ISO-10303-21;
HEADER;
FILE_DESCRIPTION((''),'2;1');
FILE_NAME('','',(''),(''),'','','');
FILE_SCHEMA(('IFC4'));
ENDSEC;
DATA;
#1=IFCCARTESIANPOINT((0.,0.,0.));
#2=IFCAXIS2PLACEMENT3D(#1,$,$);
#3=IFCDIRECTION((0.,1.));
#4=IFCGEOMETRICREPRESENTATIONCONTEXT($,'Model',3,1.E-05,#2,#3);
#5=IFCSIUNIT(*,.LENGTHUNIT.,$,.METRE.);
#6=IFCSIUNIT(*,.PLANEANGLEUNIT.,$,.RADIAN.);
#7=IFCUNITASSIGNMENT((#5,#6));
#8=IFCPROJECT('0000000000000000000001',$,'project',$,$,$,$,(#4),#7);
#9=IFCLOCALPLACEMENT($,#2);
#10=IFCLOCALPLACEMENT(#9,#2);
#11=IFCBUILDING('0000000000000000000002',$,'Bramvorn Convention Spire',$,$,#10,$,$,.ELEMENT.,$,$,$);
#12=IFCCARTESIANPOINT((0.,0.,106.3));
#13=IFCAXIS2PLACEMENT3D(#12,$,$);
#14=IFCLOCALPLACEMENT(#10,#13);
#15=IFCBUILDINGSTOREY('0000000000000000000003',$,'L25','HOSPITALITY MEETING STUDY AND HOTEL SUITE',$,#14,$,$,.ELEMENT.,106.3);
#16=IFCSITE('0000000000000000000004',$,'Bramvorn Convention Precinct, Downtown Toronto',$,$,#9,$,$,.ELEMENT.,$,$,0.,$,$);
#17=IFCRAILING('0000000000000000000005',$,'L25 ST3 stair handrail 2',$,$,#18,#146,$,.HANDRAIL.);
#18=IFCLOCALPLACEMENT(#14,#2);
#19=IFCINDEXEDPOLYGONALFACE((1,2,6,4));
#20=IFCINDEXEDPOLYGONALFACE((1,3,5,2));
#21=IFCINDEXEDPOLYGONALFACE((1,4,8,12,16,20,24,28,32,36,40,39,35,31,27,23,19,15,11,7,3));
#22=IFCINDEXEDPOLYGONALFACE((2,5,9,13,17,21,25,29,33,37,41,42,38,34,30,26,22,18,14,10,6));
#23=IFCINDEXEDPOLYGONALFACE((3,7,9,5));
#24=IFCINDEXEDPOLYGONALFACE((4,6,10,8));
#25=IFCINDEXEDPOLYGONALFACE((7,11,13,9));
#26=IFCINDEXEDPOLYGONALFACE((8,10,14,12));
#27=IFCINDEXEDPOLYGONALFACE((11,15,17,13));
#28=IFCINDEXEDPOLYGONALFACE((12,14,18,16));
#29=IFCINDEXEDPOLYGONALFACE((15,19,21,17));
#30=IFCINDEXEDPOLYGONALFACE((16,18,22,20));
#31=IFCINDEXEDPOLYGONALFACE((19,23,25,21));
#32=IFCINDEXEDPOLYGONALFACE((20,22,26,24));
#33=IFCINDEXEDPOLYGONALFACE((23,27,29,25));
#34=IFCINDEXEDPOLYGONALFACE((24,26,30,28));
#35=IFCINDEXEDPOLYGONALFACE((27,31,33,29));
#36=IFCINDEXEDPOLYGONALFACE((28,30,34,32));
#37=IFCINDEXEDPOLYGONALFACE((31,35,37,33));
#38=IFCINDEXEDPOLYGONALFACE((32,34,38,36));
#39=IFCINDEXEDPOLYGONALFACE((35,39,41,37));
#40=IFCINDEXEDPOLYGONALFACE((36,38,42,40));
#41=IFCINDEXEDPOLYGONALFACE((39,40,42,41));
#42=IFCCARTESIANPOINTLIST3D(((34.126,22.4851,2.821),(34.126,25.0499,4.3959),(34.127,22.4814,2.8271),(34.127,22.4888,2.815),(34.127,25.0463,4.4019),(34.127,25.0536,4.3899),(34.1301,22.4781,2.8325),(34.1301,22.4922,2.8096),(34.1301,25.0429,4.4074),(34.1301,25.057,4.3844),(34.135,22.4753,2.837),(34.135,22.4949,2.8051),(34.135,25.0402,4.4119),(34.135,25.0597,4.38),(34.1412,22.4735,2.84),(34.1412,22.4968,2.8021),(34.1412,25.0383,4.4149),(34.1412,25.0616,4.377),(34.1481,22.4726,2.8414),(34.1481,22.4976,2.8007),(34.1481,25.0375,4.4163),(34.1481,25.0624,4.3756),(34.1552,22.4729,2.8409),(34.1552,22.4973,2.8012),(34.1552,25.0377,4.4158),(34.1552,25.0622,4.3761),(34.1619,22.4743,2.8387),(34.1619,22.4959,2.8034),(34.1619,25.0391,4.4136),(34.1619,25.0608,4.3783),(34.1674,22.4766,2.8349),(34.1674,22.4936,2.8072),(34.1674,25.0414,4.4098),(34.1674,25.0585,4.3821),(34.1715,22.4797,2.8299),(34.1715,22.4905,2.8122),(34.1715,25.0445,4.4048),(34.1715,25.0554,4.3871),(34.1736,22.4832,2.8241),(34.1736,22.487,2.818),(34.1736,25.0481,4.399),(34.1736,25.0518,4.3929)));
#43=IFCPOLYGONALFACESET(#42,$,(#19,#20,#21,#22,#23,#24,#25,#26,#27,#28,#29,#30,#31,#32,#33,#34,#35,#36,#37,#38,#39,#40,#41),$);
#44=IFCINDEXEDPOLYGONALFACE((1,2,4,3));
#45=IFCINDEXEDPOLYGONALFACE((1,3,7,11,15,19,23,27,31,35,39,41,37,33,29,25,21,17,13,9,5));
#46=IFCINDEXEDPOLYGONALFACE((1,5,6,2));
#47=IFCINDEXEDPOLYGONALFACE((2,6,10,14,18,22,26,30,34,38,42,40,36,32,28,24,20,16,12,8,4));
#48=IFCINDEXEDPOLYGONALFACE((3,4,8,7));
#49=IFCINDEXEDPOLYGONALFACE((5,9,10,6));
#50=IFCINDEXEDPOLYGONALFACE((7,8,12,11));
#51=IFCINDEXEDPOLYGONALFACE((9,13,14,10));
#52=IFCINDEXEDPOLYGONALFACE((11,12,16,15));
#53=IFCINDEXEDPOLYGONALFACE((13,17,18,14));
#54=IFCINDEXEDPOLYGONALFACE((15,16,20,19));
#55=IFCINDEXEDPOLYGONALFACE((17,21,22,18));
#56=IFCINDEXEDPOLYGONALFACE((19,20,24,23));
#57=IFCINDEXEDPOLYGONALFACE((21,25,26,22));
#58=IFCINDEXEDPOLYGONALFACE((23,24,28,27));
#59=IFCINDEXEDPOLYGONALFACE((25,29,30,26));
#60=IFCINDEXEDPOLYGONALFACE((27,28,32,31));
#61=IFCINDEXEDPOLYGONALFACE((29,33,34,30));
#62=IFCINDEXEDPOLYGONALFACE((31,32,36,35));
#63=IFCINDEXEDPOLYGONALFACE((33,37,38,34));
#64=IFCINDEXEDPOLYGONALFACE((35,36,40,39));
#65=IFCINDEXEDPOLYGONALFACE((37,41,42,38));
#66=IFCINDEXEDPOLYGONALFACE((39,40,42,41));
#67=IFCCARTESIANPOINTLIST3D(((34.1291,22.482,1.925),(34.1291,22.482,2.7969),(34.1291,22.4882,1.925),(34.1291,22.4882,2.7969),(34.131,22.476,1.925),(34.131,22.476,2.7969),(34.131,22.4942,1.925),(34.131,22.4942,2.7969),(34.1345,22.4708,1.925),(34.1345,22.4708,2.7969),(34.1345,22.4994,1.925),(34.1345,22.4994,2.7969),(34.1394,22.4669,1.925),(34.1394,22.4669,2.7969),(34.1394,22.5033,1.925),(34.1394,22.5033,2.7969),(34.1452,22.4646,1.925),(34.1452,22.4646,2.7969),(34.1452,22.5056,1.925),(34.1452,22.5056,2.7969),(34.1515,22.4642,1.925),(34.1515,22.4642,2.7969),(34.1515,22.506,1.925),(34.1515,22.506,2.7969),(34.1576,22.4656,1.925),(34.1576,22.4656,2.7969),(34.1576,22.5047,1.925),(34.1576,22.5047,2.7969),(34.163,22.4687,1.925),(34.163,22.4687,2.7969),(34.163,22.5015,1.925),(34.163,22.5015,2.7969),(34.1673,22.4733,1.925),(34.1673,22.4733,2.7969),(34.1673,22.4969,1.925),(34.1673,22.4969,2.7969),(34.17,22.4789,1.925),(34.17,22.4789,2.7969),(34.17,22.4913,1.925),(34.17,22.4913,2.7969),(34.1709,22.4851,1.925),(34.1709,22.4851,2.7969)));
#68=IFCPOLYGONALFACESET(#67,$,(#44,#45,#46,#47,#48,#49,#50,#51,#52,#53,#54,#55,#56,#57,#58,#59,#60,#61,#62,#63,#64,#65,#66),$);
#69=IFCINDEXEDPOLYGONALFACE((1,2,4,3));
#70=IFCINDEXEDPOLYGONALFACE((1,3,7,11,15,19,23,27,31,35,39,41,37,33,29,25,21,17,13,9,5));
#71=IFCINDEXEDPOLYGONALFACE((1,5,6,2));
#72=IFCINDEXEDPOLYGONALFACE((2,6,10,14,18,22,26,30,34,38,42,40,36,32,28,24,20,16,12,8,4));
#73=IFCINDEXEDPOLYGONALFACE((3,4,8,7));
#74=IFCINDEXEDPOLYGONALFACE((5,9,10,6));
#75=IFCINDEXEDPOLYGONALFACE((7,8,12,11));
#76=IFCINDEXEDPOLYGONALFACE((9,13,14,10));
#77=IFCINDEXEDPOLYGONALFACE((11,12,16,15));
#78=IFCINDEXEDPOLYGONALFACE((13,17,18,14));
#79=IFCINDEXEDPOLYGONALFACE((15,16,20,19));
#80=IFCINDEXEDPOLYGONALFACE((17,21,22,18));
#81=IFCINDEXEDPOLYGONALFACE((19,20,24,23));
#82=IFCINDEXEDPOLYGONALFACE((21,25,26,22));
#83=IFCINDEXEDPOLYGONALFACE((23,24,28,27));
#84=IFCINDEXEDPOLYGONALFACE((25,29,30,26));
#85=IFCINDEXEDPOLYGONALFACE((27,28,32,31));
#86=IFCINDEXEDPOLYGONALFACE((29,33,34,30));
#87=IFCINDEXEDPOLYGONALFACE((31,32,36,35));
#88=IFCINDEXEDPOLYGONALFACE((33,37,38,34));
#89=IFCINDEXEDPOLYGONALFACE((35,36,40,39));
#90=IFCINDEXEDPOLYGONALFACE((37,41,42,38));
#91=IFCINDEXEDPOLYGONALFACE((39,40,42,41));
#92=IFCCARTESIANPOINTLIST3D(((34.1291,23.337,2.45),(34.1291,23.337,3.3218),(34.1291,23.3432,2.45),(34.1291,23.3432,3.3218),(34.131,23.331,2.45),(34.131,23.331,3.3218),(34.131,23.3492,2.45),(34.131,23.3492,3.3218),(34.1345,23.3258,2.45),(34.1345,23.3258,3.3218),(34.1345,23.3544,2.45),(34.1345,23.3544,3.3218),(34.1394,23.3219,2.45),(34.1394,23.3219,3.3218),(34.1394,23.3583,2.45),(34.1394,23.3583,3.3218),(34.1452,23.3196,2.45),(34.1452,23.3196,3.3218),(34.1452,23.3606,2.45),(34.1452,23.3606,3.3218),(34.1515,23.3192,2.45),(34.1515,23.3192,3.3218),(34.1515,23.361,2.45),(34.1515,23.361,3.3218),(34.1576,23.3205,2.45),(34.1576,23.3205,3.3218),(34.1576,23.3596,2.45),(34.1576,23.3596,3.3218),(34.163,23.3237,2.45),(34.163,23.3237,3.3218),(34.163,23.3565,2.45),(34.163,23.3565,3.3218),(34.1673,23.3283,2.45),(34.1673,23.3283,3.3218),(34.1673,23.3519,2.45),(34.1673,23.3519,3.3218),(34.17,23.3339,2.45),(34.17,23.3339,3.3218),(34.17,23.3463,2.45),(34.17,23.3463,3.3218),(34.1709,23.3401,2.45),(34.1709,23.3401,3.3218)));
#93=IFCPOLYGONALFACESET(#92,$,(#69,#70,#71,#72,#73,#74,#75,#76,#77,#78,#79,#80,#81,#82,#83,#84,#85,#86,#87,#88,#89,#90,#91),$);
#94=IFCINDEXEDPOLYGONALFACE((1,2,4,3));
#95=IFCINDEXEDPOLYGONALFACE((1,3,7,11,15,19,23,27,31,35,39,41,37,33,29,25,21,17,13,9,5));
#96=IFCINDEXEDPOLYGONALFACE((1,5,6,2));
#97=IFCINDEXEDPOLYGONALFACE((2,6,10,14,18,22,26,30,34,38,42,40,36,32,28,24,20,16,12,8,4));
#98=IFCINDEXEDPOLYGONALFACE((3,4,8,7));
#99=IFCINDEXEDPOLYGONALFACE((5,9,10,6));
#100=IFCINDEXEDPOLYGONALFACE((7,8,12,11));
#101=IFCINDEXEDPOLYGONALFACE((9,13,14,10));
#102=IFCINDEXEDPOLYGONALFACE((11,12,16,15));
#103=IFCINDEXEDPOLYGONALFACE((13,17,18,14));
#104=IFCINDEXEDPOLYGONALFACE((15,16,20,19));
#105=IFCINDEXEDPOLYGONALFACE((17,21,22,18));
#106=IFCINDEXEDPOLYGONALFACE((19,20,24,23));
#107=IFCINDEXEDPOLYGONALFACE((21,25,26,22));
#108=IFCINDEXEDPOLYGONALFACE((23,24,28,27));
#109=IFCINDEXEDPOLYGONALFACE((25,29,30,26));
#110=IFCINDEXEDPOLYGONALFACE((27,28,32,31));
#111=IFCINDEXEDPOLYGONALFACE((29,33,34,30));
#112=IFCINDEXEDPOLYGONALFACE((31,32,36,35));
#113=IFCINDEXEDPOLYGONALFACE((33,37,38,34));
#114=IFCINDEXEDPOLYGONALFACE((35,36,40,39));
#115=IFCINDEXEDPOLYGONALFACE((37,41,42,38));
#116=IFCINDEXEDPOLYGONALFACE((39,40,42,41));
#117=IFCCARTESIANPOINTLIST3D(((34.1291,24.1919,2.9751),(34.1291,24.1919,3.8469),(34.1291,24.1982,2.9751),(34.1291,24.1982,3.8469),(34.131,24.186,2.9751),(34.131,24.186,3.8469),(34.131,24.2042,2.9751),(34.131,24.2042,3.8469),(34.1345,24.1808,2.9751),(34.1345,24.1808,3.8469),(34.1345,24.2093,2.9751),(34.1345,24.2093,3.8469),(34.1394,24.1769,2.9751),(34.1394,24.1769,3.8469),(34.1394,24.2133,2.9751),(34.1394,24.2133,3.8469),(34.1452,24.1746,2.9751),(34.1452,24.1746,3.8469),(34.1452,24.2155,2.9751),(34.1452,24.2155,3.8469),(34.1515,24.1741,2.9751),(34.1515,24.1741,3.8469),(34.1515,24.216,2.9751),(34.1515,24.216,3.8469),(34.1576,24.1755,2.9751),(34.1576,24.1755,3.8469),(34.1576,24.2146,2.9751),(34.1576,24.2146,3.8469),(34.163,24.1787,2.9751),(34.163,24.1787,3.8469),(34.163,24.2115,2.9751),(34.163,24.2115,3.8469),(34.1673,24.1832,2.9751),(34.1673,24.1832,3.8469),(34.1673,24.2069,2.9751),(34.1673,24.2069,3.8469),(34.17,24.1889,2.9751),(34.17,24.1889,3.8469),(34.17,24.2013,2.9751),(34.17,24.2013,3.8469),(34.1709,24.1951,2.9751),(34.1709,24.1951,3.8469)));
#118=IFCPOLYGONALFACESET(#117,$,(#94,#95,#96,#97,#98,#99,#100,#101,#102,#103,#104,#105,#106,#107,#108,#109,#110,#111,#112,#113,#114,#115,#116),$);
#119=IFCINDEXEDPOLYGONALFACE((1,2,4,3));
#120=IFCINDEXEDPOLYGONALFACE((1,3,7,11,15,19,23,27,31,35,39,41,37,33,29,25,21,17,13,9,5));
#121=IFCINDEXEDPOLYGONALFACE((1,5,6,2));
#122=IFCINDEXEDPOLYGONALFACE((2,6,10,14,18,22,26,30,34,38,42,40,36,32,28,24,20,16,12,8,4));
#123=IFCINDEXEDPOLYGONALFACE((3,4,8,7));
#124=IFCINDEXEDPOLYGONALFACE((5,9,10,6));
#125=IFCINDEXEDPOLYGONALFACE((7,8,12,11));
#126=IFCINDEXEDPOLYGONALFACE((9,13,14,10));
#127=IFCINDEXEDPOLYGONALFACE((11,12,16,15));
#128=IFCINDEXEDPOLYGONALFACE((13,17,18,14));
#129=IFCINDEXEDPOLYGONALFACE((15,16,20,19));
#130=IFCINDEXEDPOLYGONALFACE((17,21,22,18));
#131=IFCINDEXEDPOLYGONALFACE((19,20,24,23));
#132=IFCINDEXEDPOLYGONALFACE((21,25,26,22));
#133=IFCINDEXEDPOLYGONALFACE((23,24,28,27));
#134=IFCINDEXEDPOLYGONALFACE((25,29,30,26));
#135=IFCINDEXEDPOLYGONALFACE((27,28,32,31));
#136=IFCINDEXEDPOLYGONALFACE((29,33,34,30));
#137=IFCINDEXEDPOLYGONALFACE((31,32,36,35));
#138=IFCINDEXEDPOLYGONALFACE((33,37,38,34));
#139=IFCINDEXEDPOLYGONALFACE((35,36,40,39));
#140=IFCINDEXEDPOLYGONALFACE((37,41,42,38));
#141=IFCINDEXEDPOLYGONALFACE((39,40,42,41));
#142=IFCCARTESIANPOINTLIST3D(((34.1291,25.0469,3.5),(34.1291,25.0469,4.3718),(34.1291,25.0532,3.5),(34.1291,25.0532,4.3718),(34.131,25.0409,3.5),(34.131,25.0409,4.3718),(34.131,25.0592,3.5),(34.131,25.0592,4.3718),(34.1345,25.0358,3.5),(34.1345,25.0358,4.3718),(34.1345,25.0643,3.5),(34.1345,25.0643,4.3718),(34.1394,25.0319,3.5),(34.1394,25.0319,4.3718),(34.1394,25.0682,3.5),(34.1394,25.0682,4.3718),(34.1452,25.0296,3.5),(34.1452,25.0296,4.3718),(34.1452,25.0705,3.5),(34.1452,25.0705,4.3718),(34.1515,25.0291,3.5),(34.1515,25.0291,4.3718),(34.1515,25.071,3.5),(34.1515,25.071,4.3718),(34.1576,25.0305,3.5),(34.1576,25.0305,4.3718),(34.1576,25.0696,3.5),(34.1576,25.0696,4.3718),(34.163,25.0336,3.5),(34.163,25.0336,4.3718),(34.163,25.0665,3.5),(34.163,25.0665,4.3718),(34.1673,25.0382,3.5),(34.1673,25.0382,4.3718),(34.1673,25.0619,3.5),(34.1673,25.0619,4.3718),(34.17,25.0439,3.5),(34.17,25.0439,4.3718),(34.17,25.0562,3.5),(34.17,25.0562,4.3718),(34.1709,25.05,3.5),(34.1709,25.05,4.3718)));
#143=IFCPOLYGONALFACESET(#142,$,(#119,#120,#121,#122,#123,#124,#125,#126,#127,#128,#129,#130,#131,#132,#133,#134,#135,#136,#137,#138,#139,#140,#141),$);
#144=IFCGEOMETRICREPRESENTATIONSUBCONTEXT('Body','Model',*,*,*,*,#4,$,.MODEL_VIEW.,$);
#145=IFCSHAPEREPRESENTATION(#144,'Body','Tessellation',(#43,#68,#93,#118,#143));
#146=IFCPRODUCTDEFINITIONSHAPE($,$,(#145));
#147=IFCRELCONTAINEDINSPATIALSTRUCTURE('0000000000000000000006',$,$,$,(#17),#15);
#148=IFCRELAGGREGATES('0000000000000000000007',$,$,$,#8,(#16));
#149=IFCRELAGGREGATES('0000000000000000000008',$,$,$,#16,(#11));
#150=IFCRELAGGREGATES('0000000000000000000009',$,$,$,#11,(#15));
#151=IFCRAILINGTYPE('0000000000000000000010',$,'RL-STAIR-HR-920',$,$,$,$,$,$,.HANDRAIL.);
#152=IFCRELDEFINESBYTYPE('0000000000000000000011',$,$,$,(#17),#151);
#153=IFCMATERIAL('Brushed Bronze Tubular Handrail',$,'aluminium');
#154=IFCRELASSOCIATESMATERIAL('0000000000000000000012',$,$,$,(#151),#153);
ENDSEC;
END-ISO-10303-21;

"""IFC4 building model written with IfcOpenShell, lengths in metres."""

from ifc_helpers import new_model, si_unit, direction, frame, origin, origin_2d, place, context, subcontext, project, spatial, circle, extrude, material, type_object, element, save


model = new_model("IFC4")

# Units and contexts
model_context = context("Model", 3, precision=1e-05, world=origin(), true_north=direction((0.0, 1.0)))
body_context = subcontext(model_context, "Body", "Model", "MODEL_VIEW")
ifc_project = project(units=[si_unit("LENGTHUNIT", "METRE"), si_unit("PLANEANGLEUNIT", "RADIAN")], contexts=[model_context])

# Site, building, storey
site_placement = place(None, origin())
site = spatial("IfcSite", under=ifc_project, at=site_placement, Name="Bramvorn Convention Precinct, Downtown Toronto", CompositionType="ELEMENT", RefElevation=0.0)
building_placement = place(site_placement, origin())
building = spatial("IfcBuilding", under=site, at=building_placement, Name="Bramvorn Convention Spire", CompositionType="ELEMENT")
storey_placement = place(building_placement, frame((0.0, 0.0, 106.3)))
storey = spatial("IfcBuildingStorey", under=building, at=storey_placement, Name="L25", Description="HOSPITALITY MEETING STUDY AND HOTEL SUITE", CompositionType="ELEMENT", Elevation=106.3)

# Railing
ifc_material_1 = material(Name="Brushed Bronze Tubular Handrail", Category="aluminium")
railing_type_1 = type_object("IfcRailingType", Name="RL-STAIR-HR-920", PredefinedType="HANDRAIL", material=ifc_material_1)
for number, where, name in (
    (1, (34.1499, 22.4851, 1.925), "L25 ST3 stair handrail 2"),
):
    element("IfcRailing", number, at=place(storey_placement, frame(where)), inside=storey, type_object=railing_type_1, Name=name, PredefinedType="HANDRAIL", context=body_context, shape_type="SweptSolid", body=[
        extrude(circle(Radius=0.0239, at=origin_2d()), frame((0.0, 0.0, 0.896), z_axis=(0.0, 0.852173, 0.52326), x_axis=(-1.0, 0.0, 0.0)), (0.0, 0.0, 1.0), 3.0098),
        extrude(circle(Radius=0.021, at=origin_2d()), origin(), (0.0, 0.0, 1.0), 0.8718),
        extrude(circle(Radius=0.021, at=origin_2d()), frame((0.0, 0.855, 0.5249)), (0.0, 0.0, 1.0), 0.8718),
        extrude(circle(Radius=0.021, at=origin_2d()), frame((0.0, 1.71, 1.05)), (0.0, 0.0, 1.0), 0.8718),
        extrude(circle(Radius=0.021, at=origin_2d()), frame((0.0, 2.5649, 1.575)), (0.0, 0.0, 1.0), 0.8718),
    ])

save(model, "model.ifc")
